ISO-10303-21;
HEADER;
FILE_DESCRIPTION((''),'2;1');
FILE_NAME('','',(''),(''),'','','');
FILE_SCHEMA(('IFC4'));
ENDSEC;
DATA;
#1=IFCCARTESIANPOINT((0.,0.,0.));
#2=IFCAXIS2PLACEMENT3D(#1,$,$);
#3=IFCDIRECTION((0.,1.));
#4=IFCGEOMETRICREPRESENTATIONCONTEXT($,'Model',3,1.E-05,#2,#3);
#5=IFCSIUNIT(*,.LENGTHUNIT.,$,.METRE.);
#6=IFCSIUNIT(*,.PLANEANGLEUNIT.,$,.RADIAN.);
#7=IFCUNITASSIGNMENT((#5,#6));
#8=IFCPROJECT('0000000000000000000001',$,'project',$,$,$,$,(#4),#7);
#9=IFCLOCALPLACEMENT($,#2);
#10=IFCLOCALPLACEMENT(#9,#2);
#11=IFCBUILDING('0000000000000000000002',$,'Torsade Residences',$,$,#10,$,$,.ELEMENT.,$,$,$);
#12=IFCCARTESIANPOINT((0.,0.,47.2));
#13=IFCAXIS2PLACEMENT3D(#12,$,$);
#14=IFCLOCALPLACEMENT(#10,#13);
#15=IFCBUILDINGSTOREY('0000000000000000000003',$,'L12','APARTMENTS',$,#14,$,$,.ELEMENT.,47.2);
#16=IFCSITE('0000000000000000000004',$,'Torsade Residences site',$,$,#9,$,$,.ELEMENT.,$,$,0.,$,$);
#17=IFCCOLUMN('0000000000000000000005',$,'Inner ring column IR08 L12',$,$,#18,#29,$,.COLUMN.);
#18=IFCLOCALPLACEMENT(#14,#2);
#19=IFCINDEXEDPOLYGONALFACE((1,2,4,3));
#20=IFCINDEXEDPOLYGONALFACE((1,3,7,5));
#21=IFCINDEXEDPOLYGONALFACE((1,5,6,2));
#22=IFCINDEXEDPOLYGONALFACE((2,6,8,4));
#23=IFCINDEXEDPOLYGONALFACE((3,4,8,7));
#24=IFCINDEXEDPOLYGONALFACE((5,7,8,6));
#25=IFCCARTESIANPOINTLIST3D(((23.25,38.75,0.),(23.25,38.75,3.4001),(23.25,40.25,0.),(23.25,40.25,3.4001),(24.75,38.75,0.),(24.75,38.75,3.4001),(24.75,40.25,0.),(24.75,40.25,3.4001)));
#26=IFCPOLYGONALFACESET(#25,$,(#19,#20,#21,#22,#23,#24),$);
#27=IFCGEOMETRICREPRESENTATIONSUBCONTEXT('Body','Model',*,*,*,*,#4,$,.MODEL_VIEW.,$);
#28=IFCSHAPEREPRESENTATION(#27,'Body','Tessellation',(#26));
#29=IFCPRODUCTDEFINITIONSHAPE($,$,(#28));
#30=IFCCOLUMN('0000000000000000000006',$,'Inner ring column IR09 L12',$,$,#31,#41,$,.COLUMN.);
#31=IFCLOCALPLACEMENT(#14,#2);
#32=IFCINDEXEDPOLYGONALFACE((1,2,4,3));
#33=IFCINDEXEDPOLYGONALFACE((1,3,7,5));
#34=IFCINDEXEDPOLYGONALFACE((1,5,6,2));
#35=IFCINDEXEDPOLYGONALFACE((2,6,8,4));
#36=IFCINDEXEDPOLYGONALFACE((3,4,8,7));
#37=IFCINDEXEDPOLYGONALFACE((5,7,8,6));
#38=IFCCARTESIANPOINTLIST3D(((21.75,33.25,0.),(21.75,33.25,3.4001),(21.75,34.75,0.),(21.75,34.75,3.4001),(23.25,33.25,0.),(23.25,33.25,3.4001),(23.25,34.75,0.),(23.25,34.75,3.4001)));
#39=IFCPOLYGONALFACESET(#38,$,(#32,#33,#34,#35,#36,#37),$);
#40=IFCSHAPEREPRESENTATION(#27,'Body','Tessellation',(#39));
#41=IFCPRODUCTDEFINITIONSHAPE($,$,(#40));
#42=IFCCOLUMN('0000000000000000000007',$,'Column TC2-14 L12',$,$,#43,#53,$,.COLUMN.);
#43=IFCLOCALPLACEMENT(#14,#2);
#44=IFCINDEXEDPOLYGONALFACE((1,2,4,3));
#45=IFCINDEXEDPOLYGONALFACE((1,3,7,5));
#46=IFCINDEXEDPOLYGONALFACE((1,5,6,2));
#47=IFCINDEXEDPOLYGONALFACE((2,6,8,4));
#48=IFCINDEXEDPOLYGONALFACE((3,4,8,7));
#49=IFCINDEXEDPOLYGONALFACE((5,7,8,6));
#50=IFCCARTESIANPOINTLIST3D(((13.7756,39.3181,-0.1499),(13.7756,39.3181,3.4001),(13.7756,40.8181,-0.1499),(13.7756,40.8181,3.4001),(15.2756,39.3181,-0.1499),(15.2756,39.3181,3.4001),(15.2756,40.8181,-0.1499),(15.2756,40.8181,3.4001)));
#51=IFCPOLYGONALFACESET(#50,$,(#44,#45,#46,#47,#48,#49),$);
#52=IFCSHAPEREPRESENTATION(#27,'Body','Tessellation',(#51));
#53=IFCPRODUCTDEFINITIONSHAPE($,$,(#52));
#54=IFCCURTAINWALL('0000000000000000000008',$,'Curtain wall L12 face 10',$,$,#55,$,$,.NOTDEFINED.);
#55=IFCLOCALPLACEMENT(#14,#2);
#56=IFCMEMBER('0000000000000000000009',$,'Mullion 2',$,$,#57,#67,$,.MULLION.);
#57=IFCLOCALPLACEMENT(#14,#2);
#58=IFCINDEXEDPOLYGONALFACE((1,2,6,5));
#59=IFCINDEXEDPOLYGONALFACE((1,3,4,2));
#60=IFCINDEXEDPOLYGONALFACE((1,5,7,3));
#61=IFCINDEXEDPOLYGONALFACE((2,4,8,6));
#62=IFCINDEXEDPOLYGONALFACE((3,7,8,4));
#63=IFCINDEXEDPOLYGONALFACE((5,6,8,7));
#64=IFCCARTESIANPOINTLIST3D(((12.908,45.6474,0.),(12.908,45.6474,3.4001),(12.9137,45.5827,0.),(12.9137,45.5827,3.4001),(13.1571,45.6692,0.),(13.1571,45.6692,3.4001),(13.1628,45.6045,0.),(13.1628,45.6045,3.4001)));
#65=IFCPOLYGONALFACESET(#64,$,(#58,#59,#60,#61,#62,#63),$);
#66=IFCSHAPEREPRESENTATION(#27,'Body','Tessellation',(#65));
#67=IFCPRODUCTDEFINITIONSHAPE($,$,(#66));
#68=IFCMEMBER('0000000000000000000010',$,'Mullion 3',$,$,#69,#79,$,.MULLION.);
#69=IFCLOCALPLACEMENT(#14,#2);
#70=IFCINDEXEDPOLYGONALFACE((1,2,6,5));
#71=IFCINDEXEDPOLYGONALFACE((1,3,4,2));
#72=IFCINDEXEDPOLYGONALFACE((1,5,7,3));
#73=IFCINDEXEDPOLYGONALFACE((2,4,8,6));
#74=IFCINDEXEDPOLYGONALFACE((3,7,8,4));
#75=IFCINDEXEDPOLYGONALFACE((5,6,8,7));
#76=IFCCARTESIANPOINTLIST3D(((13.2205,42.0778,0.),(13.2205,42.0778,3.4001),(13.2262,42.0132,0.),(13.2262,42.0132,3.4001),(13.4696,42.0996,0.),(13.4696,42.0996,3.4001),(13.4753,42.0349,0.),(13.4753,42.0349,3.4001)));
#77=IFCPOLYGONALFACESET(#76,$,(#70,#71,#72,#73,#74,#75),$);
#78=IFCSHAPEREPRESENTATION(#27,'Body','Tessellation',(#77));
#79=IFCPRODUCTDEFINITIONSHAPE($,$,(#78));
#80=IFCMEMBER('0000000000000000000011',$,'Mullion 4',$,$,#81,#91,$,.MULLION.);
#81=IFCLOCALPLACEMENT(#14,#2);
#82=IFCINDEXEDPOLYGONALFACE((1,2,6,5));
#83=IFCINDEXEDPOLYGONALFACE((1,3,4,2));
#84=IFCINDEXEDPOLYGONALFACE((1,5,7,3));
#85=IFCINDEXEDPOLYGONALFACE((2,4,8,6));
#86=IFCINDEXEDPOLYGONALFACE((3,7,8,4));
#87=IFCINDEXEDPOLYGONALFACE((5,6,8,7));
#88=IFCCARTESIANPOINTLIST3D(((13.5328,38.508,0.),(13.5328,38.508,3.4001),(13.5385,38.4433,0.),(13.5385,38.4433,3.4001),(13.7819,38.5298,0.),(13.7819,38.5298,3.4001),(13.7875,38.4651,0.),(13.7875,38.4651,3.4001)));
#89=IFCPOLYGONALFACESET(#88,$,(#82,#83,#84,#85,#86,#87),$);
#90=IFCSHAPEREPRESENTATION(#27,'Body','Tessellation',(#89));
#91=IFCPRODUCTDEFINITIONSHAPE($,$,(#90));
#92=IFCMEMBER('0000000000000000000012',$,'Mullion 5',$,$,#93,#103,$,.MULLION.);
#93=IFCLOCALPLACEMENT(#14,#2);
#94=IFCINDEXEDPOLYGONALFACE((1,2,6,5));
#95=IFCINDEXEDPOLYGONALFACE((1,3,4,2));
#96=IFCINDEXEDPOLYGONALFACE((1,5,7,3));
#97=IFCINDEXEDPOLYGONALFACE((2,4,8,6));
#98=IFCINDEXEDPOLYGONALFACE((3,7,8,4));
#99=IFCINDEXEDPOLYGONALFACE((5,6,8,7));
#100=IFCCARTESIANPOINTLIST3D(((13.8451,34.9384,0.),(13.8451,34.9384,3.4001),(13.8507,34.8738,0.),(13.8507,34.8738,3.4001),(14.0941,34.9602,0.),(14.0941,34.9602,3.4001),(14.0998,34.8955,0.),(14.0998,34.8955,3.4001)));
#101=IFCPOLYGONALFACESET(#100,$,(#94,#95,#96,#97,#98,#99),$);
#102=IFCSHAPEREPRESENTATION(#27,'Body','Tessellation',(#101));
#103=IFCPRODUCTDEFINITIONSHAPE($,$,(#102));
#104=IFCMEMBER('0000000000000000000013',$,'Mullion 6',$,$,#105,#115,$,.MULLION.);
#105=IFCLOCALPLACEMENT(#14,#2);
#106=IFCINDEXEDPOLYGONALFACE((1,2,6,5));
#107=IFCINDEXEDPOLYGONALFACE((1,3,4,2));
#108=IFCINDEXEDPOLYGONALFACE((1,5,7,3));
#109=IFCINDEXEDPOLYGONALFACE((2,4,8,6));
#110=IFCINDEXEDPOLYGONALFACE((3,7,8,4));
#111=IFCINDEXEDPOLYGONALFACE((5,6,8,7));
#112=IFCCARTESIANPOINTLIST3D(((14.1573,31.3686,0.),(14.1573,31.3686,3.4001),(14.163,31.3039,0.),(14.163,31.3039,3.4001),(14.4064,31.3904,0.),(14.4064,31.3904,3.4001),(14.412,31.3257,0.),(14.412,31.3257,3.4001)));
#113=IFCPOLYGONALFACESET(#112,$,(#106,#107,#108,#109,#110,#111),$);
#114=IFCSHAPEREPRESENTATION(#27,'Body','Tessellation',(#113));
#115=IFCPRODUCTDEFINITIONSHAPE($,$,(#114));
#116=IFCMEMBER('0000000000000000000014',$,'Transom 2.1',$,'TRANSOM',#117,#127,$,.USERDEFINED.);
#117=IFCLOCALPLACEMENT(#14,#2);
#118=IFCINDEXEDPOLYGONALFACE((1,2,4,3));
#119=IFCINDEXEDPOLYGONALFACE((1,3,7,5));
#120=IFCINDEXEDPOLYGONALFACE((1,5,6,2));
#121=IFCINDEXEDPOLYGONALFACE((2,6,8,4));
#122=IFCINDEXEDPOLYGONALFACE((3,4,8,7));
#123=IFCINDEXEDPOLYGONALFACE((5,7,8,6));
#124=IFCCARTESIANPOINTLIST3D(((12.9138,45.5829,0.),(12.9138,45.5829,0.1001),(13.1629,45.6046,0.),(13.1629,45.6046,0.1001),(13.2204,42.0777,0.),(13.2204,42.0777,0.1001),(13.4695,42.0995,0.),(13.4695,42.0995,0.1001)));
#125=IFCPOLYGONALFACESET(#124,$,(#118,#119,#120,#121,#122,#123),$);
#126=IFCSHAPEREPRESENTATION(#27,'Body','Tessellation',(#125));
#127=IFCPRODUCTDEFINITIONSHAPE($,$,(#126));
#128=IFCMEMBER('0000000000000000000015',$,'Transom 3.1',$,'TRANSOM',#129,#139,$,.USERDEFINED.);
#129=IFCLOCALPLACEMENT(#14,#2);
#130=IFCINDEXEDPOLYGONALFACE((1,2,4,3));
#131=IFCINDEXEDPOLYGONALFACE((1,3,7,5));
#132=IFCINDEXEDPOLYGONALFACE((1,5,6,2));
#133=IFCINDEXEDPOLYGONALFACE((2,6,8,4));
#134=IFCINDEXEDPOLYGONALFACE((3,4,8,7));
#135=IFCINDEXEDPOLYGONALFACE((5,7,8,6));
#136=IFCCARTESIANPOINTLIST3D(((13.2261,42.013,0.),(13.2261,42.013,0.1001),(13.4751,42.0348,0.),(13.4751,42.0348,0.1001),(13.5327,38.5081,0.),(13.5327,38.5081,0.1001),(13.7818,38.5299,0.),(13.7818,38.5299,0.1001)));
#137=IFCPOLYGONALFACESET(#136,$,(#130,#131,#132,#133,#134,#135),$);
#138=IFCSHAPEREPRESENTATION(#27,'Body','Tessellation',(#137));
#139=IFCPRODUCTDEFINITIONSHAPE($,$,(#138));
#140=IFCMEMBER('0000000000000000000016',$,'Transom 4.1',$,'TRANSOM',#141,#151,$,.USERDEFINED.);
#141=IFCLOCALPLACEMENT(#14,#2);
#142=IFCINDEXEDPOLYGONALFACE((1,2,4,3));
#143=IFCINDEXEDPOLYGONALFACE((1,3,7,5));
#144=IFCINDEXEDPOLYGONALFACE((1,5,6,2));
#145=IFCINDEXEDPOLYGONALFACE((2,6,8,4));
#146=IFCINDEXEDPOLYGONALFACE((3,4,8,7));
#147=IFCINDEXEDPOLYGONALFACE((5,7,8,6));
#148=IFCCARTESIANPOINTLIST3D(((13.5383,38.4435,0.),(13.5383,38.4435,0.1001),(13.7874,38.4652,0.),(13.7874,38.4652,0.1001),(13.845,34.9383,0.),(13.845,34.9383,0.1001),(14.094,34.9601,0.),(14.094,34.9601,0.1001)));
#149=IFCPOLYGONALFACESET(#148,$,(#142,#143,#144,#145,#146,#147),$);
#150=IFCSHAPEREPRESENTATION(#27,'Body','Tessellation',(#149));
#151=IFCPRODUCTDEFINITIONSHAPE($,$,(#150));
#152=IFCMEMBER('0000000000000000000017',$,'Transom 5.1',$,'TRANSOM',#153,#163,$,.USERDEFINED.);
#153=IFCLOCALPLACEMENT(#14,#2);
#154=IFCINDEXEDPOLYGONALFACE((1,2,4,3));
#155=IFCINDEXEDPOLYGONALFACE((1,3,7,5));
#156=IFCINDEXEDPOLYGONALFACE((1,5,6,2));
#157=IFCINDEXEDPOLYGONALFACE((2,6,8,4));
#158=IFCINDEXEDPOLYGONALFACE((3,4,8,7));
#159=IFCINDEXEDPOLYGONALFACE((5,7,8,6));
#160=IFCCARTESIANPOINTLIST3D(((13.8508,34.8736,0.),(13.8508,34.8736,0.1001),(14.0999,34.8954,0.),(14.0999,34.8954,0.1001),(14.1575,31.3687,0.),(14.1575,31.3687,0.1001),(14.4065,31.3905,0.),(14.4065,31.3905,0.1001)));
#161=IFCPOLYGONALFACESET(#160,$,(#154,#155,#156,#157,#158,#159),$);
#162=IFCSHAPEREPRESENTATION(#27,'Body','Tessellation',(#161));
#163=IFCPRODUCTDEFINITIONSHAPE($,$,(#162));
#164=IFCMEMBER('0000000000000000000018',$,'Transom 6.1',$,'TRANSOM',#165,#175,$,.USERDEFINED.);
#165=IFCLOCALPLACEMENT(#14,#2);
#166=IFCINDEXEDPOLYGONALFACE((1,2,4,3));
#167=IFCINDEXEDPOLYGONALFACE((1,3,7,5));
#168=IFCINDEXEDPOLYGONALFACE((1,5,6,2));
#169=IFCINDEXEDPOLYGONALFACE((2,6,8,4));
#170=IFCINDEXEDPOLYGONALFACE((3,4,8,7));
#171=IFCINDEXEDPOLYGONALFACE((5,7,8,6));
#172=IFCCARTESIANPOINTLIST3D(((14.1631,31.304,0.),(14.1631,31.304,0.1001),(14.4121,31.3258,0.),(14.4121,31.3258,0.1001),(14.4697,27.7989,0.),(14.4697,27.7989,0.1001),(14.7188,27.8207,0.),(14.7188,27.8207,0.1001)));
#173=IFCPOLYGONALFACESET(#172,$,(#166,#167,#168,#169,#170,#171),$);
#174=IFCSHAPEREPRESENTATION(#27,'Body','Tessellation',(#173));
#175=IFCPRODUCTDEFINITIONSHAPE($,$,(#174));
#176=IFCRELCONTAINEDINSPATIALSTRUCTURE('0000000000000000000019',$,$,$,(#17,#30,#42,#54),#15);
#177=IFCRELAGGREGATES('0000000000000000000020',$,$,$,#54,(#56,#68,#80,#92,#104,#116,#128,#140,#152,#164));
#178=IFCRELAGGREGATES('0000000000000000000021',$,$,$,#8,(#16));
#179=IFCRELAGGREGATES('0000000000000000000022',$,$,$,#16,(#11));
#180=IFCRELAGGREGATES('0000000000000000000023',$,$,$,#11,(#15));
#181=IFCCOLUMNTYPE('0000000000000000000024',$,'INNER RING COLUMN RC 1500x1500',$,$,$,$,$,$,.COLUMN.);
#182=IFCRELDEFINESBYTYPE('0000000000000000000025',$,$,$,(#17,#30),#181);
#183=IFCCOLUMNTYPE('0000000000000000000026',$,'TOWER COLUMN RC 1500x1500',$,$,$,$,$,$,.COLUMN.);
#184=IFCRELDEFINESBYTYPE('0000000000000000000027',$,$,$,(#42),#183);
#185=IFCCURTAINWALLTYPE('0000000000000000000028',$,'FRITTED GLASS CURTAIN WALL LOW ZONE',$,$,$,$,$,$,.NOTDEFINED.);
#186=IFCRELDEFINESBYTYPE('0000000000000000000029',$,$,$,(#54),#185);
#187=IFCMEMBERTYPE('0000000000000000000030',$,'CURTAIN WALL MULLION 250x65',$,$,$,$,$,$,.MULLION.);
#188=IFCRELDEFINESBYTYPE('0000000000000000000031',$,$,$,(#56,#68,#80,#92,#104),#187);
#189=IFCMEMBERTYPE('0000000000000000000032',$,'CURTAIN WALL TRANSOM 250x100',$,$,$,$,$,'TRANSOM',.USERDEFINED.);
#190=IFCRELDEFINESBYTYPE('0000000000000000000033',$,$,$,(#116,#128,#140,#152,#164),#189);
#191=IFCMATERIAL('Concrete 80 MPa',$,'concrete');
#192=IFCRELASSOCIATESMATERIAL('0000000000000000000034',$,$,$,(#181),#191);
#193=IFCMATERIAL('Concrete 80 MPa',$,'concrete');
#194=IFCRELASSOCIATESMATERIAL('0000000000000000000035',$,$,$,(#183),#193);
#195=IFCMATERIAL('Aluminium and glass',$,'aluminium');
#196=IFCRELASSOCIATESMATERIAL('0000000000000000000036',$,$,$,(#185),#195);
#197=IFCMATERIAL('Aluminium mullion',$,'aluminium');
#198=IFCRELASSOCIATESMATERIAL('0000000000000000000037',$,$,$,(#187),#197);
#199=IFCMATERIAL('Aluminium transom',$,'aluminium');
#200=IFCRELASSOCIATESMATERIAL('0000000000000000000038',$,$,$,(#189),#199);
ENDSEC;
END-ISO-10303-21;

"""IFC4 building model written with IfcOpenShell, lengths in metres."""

from ifc_helpers import new_model, si_unit, direction, frame, origin, origin_2d, place, context, subcontext, project, spatial, rectangle, extrude, material, material_profile, profile_set, type_object, element, aggregate, save


model = new_model("IFC4")

# Units and contexts
model_context = context("Model", 3, precision=1e-05, world=origin(), true_north=direction((0.0, 1.0)))
body_context = subcontext(model_context, "Body", "Model", "MODEL_VIEW")
ifc_project = project(units=[si_unit("LENGTHUNIT", "METRE"), si_unit("PLANEANGLEUNIT", "RADIAN")], contexts=[model_context])

# Site, building, storey
site_placement = place(None, origin())
site = spatial("IfcSite", under=ifc_project, at=site_placement, Name="Torsade Residences site", CompositionType="ELEMENT", RefElevation=0.0)
building_placement = place(site_placement, origin())
building = spatial("IfcBuilding", under=site, at=building_placement, Name="Torsade Residences", CompositionType="ELEMENT")
storey_placement = place(building_placement, frame((0.0, 0.0, 47.2)))
storey = spatial("IfcBuildingStorey", under=building, at=storey_placement, Name="L12", Description="APARTMENTS", CompositionType="ELEMENT", Elevation=47.2)

# Columns
ifc_material_1 = material(Name="Concrete 80 MPa", Category="concrete")
ifc_material_profile_1 = material_profile(ifc_material_1, rectangle(XDim=1.5, YDim=1.5, at=origin_2d()), Name="RC 1500x1500")
ifc_profile_set_1 = profile_set([ifc_material_profile_1], Name="Concrete 80 MPa")
column_type_1 = type_object("IfcColumnType", Name="INNER RING COLUMN RC 1500x1500", PredefinedType="COLUMN", material=ifc_profile_set_1)
for number, where, z_axis, x_axis, name in (
    (1, (24.0, 39.5, 0.0), (0.0, 0.0, 1.0), (1.0, 0.0, 0.0), "Inner ring column IR08 L12"),
    (2, (22.5, 34.0, 0.0), (0.0, 0.0, 1.0), (1.0, 0.0, 0.0), "Inner ring column IR09 L12"),
):
    element("IfcColumn", number, at=place(storey_placement, frame(where, z_axis=z_axis, x_axis=x_axis)), inside=storey, type_object=column_type_1, Name=name, PredefinedType="COLUMN", context=body_context, shape_type="SweptSolid", body=[
        extrude(rectangle(XDim=1.5, YDim=1.5, at=origin_2d()), origin(), (0.0, 0.0, 1.0), 3.4001),
    ])
ifc_material_2 = material(Name="Concrete 80 MPa", Category="concrete")
ifc_material_profile_2 = material_profile(ifc_material_2, rectangle(XDim=1.5, YDim=1.5, at=origin_2d()), Name="RC 1500x1500")
ifc_profile_set_2 = profile_set([ifc_material_profile_2], Name="Concrete 80 MPa")
column_type_2 = type_object("IfcColumnType", Name="TOWER COLUMN RC 1500x1500", PredefinedType="COLUMN", material=ifc_profile_set_2)
column_placement = place(storey_placement, frame((14.5256, 40.0681, -0.1499), z_axis=(0.0, 0.0, 1.0), x_axis=(1.0, 0.0, 0.0)))
element("IfcColumn", 3, at=column_placement, inside=storey, type_object=column_type_2, Name="Column TC2-14 L12", PredefinedType="COLUMN", context=body_context, shape_type="SweptSolid", body=[
    extrude(rectangle(XDim=1.5, YDim=1.5, at=origin_2d()), origin(), (0.0, 0.0, 1.0), 3.55),
])

# Curtain wall, members
ifc_material_3 = material(Name="Aluminium and glass", Category="aluminium")
curtain_wall_type = type_object("IfcCurtainWallType", Name="FRITTED GLASS CURTAIN WALL LOW ZONE", PredefinedType="NOTDEFINED", material=ifc_material_3)
curtain_wall_placement = place(storey_placement, origin())
curtain_wall = element("IfcCurtainWall", 4, at=curtain_wall_placement, inside=storey, type_object=curtain_wall_type, Name="Curtain wall L12 face 10", PredefinedType="NOTDEFINED")
ifc_material_4 = material(Name="Aluminium mullion", Category="aluminium")
ifc_material_profile_3 = material_profile(ifc_material_4, rectangle(XDim=0.25, YDim=0.0649, at=origin_2d()), Name="CURTAIN WALL MULLION 250x65")
ifc_profile_set_3 = profile_set([ifc_material_profile_3], Name="Aluminium mullion")
member_type_1 = type_object("IfcMemberType", Name="CURTAIN WALL MULLION 250x65", PredefinedType="MULLION", material=ifc_profile_set_3)
member_1_placement = place(storey_placement, frame((13.0354, 45.626, 0.0), z_axis=(0.0, 0.0, 1.0), x_axis=(0.996195, 0.087156, 0.0)))
member_1 = element("IfcMember", 5, at=member_1_placement, type_object=member_type_1, Name="Mullion 2", PredefinedType="MULLION", context=body_context, shape_type="SweptSolid", body=[
    extrude(rectangle(XDim=0.25, YDim=0.0649, at=origin_2d()), origin(), (0.0, 0.0, 1.0), 3.4001),
])
member_2_placement = place(storey_placement, frame((13.3479, 42.0564, 0.0), z_axis=(0.0, 0.0, 1.0), x_axis=(0.996195, 0.087156, 0.0)))
member_2 = element("IfcMember", 6, at=member_2_placement, type_object=member_type_1, Name="Mullion 3", PredefinedType="MULLION", context=body_context, shape_type="SweptSolid", body=[
    extrude(rectangle(XDim=0.25, YDim=0.0649, at=origin_2d()), origin(), (0.0, 0.0, 1.0), 3.4001),
])
member_3_placement = place(storey_placement, frame((13.6602, 38.4866, 0.0), z_axis=(0.0, 0.0, 1.0), x_axis=(0.996195, 0.087156, 0.0)))
member_3 = element("IfcMember", 7, at=member_3_placement, type_object=member_type_1, Name="Mullion 4", PredefinedType="MULLION", context=body_context, shape_type="SweptSolid", body=[
    extrude(rectangle(XDim=0.25, YDim=0.0649, at=origin_2d()), origin(), (0.0, 0.0, 1.0), 3.4001),
])
member_4_placement = place(storey_placement, frame((13.9724, 34.917, 0.0), z_axis=(0.0, 0.0, 1.0), x_axis=(0.996195, 0.087156, 0.0)))
member_4 = element("IfcMember", 8, at=member_4_placement, type_object=member_type_1, Name="Mullion 5", PredefinedType="MULLION", context=body_context, shape_type="SweptSolid", body=[
    extrude(rectangle(XDim=0.25, YDim=0.0649, at=origin_2d()), origin(), (0.0, 0.0, 1.0), 3.4001),
])
member_5_placement = place(storey_placement, frame((14.2847, 31.3472, 0.0), z_axis=(0.0, 0.0, 1.0), x_axis=(0.996195, 0.087156, 0.0)))
member_5 = element("IfcMember", 9, at=member_5_placement, type_object=member_type_1, Name="Mullion 6", PredefinedType="MULLION", context=body_context, shape_type="SweptSolid", body=[
    extrude(rectangle(XDim=0.25, YDim=0.0649, at=origin_2d()), origin(), (0.0, 0.0, 1.0), 3.4001),
])
ifc_material_5 = material(Name="Aluminium transom", Category="aluminium")
ifc_material_profile_4 = material_profile(ifc_material_5, rectangle(XDim=0.25, YDim=0.1001, at=origin_2d()), Name="CURTAIN WALL TRANSOM 250x100")
ifc_profile_set_4 = profile_set([ifc_material_profile_4], Name="Aluminium transom")
member_type_2 = type_object("IfcMemberType", Name="CURTAIN WALL TRANSOM 250x100", ElementType="TRANSOM", PredefinedType="USERDEFINED", material=ifc_profile_set_4)
member_6_placement = place(storey_placement, frame((13.0383, 45.5938, 0.05), z_axis=(0.087151, -0.996195, 0.0), x_axis=(0.996195, 0.087151, 0.0)))
member_6 = element("IfcMember", 10, at=member_6_placement, type_object=member_type_2, Name="Transom 2.1", ObjectType="TRANSOM", PredefinedType="USERDEFINED", context=body_context, shape_type="SweptSolid", body=[
    extrude(rectangle(XDim=0.25, YDim=0.1001, at=origin_2d()), origin(), (0.0, 0.0, 1.0), 3.5186),
])
member_7_placement = place(storey_placement, frame((13.3506, 42.0239, 0.05), z_axis=(0.087157, -0.996195, 0.0), x_axis=(0.996195, 0.087157, 0.0)))
member_7 = element("IfcMember", 11, at=member_7_placement, type_object=member_type_2, Name="Transom 3.1", ObjectType="TRANSOM", PredefinedType="USERDEFINED", context=body_context, shape_type="SweptSolid", body=[
    extrude(rectangle(XDim=0.25, YDim=0.1001, at=origin_2d()), origin(), (0.0, 0.0, 1.0), 3.5183),
])
member_8_placement = place(storey_placement, frame((13.6628, 38.4543, 0.05), z_axis=(0.087151, -0.996195, 0.0), x_axis=(0.996195, 0.087151, 0.0)))
member_8 = element("IfcMember", 12, at=member_8_placement, type_object=member_type_2, Name="Transom 4.1", ObjectType="TRANSOM", PredefinedType="USERDEFINED", context=body_context, shape_type="SweptSolid", body=[
    extrude(rectangle(XDim=0.25, YDim=0.1001, at=origin_2d()), origin(), (0.0, 0.0, 1.0), 3.5186),
])
member_9_placement = place(storey_placement, frame((13.9753, 34.8845, 0.05), z_axis=(0.087157, -0.996195, 0.0), x_axis=(0.996195, 0.087157, 0.0)))
member_9 = element("IfcMember", 13, at=member_9_placement, type_object=member_type_2, Name="Transom 5.1", ObjectType="TRANSOM", PredefinedType="USERDEFINED", context=body_context, shape_type="SweptSolid", body=[
    extrude(rectangle(XDim=0.25, YDim=0.1001, at=origin_2d()), origin(), (0.0, 0.0, 1.0), 3.5183),
])
member_10_placement = place(storey_placement, frame((14.2876, 31.3149, 0.05), z_axis=(0.087151, -0.996195, 0.0), x_axis=(0.996195, 0.087151, 0.0)))
member_10 = element("IfcMember", 14, at=member_10_placement, type_object=member_type_2, Name="Transom 6.1", ObjectType="TRANSOM", PredefinedType="USERDEFINED", context=body_context, shape_type="SweptSolid", body=[
    extrude(rectangle(XDim=0.25, YDim=0.1001, at=origin_2d()), origin(), (0.0, 0.0, 1.0), 3.5186),
])

aggregate(curtain_wall, [member_1, member_2, member_3, member_4, member_5, member_6, member_7, member_8, member_9, member_10])

save(model, "model.ifc")
